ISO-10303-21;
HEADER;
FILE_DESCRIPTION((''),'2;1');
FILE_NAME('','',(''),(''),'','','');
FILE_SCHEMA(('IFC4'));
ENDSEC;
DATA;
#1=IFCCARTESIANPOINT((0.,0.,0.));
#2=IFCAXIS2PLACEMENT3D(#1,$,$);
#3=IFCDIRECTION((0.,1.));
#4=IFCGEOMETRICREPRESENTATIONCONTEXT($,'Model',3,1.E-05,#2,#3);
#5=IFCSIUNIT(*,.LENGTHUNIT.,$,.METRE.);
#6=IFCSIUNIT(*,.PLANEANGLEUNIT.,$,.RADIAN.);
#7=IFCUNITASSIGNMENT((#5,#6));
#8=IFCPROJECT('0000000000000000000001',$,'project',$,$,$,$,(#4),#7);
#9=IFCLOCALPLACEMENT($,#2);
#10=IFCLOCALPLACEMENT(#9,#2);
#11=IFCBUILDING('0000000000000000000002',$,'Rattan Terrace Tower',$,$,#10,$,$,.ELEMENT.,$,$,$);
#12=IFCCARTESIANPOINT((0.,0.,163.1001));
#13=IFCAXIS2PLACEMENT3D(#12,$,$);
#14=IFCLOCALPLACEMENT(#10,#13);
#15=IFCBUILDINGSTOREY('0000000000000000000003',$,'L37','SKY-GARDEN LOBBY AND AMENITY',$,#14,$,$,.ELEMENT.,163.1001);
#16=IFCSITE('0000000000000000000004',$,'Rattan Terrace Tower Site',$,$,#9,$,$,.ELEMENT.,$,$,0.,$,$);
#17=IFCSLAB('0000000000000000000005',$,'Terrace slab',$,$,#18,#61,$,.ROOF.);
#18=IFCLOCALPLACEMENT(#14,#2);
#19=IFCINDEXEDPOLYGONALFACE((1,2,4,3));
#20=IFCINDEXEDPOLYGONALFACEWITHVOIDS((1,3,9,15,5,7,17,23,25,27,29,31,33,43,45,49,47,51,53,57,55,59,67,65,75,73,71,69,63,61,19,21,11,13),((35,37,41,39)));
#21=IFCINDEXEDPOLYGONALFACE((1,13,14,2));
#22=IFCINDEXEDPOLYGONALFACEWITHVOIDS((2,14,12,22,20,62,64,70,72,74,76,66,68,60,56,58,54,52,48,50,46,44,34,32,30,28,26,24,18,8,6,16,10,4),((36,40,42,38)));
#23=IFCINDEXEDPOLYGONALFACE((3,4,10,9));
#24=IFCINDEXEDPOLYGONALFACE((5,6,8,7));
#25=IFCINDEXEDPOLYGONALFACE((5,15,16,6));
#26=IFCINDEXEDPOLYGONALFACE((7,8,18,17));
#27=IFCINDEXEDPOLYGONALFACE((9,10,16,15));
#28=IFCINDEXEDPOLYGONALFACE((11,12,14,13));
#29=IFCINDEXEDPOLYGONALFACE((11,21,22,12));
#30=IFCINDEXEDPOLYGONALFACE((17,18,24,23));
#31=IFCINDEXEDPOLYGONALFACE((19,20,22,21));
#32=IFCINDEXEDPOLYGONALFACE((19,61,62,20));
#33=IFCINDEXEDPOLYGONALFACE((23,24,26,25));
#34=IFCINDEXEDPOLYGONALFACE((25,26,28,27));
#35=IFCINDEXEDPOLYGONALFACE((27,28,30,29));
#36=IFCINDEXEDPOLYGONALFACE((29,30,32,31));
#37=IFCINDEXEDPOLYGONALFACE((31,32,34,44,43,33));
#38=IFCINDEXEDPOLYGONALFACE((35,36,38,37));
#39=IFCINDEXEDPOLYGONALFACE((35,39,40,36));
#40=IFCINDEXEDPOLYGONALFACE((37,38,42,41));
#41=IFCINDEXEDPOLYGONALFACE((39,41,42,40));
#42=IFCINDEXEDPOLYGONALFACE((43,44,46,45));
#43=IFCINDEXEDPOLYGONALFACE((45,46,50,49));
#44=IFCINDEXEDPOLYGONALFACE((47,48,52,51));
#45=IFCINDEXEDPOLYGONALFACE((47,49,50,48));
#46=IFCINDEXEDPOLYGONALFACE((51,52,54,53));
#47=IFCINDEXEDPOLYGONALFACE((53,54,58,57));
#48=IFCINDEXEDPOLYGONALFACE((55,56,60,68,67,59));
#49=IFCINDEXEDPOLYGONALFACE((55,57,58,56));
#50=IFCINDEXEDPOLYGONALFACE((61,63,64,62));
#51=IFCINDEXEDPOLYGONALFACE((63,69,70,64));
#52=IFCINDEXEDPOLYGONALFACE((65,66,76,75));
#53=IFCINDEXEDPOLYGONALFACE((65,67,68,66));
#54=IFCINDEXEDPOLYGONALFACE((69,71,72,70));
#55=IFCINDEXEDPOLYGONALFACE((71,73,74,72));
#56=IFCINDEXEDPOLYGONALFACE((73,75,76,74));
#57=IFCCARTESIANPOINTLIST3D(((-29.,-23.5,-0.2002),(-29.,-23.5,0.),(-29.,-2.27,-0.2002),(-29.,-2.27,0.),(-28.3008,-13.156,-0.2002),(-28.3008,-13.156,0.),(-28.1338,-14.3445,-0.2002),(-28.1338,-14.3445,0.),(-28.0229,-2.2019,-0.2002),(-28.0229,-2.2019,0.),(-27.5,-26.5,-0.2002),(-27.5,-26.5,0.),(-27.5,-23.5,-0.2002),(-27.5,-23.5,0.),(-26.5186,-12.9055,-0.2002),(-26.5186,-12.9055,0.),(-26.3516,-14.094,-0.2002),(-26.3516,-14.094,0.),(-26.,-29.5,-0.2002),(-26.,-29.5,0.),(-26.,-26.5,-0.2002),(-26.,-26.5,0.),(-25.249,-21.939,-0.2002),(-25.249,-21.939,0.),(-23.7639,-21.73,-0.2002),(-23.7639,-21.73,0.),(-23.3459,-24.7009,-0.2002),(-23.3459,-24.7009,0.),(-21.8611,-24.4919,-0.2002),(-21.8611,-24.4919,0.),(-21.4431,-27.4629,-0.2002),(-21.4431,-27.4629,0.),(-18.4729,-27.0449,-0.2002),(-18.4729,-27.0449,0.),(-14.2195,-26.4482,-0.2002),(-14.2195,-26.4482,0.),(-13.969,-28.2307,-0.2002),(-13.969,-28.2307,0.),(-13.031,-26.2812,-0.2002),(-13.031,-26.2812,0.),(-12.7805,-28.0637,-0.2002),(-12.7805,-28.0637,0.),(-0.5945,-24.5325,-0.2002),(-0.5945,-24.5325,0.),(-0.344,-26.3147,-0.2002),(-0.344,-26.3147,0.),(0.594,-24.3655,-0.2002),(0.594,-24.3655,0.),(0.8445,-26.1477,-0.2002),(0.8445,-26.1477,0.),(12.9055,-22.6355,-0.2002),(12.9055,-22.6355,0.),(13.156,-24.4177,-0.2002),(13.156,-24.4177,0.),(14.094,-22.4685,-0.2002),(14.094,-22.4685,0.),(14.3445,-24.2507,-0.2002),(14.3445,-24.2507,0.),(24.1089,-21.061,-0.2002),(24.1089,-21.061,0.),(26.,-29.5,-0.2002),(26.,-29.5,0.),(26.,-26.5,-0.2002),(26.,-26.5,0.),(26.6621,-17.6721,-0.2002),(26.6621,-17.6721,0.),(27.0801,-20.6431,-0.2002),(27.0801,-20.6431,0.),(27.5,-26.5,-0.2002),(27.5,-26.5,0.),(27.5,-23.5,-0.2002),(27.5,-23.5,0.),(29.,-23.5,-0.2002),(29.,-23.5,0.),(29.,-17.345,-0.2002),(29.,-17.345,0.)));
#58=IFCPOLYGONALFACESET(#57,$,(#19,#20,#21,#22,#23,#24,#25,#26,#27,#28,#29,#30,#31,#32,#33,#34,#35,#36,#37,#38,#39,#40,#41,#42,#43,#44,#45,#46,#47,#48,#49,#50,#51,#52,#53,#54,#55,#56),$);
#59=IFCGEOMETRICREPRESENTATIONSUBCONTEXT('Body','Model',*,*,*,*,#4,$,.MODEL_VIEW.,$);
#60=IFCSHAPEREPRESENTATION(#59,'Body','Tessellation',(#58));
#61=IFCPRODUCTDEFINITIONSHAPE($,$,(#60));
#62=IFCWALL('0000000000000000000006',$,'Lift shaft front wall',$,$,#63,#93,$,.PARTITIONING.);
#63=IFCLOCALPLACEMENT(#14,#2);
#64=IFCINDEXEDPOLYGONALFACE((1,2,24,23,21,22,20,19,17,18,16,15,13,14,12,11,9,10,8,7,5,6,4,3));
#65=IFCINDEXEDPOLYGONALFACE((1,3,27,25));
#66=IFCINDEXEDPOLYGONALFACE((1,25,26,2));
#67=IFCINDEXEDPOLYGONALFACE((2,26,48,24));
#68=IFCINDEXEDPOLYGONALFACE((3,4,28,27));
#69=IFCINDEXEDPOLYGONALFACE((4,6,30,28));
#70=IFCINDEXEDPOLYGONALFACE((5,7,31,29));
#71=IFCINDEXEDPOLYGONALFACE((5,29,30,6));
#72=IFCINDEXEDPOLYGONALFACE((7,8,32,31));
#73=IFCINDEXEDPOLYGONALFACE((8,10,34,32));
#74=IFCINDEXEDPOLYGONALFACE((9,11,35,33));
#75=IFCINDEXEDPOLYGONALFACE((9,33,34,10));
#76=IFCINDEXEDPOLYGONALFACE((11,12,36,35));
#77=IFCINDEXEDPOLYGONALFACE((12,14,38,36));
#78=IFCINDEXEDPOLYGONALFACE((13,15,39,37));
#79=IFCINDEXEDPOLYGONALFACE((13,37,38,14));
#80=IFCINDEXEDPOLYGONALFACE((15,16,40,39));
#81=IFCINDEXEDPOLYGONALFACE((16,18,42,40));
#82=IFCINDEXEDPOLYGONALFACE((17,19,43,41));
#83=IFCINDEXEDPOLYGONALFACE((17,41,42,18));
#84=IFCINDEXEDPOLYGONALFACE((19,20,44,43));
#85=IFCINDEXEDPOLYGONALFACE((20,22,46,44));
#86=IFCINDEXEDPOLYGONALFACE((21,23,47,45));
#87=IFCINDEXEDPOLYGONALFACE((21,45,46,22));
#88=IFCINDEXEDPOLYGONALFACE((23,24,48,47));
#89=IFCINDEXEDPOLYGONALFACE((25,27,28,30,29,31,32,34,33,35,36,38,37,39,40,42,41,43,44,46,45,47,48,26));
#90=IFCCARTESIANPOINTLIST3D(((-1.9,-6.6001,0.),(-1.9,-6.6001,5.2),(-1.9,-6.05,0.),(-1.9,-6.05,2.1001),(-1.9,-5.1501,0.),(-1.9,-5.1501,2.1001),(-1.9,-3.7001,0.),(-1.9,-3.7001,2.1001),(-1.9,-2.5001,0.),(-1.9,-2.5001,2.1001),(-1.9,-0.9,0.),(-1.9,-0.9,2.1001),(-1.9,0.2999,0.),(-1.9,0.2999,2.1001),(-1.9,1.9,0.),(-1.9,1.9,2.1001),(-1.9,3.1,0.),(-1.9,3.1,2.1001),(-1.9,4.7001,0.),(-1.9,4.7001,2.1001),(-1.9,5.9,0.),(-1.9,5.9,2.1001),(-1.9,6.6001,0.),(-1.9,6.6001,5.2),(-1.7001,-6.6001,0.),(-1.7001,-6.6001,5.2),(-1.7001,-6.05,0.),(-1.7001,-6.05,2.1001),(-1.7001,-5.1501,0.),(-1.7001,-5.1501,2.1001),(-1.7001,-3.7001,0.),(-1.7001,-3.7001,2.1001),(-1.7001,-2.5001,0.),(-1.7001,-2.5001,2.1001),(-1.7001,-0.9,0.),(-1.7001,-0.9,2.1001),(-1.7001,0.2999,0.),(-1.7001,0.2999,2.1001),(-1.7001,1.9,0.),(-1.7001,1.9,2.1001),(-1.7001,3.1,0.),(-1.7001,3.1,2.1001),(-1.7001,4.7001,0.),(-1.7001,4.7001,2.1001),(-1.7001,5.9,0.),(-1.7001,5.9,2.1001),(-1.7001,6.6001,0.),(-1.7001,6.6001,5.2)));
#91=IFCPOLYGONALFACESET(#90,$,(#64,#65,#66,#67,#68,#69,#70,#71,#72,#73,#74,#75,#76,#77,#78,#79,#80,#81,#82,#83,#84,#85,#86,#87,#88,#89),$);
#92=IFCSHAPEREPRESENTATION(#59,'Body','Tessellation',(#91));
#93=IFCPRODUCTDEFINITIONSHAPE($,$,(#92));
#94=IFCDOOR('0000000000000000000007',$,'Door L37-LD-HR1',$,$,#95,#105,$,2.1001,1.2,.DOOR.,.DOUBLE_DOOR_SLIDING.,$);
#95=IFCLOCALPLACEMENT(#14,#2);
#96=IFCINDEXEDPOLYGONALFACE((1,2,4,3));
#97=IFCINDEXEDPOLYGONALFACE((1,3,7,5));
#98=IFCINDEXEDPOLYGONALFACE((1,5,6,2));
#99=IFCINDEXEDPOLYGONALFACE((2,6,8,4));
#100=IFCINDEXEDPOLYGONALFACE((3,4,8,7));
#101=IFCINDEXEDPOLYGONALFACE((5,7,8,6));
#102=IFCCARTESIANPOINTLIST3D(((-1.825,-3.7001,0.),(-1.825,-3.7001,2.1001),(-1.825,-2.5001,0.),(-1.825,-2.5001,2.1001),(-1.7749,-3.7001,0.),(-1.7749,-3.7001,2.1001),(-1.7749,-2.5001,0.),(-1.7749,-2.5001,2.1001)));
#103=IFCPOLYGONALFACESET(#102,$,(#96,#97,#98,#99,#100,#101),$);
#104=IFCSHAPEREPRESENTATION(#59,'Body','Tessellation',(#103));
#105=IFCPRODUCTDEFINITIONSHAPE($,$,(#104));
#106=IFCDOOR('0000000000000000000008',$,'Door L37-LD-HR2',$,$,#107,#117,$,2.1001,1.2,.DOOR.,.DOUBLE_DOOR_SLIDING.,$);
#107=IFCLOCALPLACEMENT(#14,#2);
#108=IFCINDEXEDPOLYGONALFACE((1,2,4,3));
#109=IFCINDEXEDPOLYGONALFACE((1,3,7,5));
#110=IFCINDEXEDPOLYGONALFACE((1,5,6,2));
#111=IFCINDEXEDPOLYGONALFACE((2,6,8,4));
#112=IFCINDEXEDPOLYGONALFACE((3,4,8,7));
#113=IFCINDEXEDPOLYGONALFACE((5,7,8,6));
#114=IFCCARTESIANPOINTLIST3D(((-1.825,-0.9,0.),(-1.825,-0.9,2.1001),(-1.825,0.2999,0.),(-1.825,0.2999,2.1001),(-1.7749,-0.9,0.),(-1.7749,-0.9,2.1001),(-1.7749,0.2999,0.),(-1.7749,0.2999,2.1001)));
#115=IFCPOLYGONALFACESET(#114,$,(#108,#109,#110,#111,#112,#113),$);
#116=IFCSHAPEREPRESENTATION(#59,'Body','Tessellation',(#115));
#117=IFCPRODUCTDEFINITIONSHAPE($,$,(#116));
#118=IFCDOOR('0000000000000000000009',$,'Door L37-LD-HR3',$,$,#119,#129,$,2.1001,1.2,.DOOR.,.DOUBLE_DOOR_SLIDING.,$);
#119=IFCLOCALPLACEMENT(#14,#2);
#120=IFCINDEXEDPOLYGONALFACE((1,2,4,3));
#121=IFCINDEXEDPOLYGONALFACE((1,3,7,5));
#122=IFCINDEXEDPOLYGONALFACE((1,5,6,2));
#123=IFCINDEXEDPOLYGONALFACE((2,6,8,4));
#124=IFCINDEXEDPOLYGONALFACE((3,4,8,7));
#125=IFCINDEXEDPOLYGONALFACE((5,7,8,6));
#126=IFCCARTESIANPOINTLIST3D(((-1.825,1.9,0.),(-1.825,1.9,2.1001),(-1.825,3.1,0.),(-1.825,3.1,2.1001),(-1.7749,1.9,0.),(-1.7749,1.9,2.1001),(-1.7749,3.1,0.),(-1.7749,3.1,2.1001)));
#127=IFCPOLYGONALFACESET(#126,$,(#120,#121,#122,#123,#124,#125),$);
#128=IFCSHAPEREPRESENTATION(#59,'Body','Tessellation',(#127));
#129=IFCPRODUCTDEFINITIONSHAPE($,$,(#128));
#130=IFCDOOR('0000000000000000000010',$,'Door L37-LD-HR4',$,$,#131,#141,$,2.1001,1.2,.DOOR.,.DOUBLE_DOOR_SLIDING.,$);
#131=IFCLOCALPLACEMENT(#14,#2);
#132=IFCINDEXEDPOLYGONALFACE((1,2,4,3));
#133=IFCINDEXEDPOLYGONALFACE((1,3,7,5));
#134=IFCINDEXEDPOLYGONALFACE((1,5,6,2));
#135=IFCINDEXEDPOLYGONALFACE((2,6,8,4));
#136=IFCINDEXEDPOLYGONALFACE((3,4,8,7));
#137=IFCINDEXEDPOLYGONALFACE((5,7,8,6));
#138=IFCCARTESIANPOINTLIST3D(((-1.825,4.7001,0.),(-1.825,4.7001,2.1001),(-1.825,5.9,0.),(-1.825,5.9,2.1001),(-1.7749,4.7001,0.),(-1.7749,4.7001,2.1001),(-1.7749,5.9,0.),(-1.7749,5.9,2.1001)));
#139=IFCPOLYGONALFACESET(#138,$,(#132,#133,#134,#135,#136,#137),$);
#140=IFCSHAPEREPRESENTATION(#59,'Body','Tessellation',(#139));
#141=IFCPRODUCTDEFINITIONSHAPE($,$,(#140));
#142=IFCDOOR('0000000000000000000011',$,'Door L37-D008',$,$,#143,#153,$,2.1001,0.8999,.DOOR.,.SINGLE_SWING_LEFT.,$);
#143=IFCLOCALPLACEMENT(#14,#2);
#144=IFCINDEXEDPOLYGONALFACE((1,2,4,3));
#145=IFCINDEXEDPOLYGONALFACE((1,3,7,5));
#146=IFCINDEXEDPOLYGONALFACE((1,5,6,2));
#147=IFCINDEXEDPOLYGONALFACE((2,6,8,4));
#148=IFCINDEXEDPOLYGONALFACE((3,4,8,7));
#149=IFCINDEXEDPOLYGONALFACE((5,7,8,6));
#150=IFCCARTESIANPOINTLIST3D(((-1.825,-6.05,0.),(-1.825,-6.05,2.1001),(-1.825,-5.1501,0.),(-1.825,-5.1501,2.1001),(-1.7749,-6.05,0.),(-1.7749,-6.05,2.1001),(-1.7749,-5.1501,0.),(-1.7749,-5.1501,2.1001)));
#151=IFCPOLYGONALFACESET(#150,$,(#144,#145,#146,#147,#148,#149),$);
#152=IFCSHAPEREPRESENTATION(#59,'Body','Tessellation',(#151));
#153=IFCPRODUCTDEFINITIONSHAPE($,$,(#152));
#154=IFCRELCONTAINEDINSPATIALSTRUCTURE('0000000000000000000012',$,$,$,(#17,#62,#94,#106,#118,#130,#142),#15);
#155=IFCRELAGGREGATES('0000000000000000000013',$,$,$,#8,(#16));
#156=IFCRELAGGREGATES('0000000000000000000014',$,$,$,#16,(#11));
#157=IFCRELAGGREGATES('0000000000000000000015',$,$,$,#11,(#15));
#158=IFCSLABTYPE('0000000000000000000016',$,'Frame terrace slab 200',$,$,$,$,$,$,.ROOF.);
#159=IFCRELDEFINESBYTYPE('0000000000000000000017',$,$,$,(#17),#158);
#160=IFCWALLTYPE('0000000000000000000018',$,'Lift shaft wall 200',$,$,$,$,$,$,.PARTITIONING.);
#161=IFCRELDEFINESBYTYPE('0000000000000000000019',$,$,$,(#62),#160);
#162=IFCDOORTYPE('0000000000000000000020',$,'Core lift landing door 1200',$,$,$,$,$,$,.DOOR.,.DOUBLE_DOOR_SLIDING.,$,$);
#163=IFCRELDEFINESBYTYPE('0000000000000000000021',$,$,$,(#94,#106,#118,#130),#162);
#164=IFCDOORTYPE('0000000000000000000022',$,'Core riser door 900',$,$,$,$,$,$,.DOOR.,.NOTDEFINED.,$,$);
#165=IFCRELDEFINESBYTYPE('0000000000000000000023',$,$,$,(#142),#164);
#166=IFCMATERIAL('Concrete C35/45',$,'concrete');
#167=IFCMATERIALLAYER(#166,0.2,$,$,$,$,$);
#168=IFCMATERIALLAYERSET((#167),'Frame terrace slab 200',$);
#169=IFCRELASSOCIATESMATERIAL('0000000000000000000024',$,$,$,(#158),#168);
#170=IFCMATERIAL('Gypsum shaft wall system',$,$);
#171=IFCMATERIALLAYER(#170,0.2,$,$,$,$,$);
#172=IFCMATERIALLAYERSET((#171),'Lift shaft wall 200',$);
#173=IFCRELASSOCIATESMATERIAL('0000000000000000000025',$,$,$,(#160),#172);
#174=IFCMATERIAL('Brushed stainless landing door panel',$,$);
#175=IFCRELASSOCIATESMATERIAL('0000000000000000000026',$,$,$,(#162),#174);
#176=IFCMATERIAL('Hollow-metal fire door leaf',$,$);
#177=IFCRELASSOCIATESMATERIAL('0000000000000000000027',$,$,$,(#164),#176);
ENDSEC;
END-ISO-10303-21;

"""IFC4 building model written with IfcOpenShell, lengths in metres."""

from ifc_helpers import new_model, si_unit, direction, frame, frame_2d, origin, place, context, subcontext, project, spatial, polyline, rectangle, outline, extrude, material, layer, layer_set, type_object, element, fill, save


model = new_model("IFC4")

# Units and contexts
model_context = context("Model", 3, precision=1e-05, world=origin(), true_north=direction((0.0, 1.0)))
body_context = subcontext(model_context, "Body", "Model", "MODEL_VIEW")
ifc_project = project(units=[si_unit("LENGTHUNIT", "METRE"), si_unit("PLANEANGLEUNIT", "RADIAN")], contexts=[model_context])

# Site, building, storey
site_placement = place(None, origin())
site = spatial("IfcSite", under=ifc_project, at=site_placement, Name="Rattan Terrace Tower Site", CompositionType="ELEMENT", RefElevation=0.0)
building_placement = place(site_placement, origin())
building = spatial("IfcBuilding", under=site, at=building_placement, Name="Rattan Terrace Tower", CompositionType="ELEMENT")
storey_placement = place(building_placement, frame((0.0, 0.0, 163.1001)))
storey = spatial("IfcBuildingStorey", under=building, at=storey_placement, Name="L37", Description="SKY-GARDEN LOBBY AND AMENITY", CompositionType="ELEMENT", Elevation=163.1001)

# Slab
ifc_material_1 = material(Name="Concrete C35/45", Category="concrete")
ifc_layer_1 = layer(ifc_material_1, 0.2)
ifc_layer_set_1 = layer_set([ifc_layer_1], Name="Frame terrace slab 200")
slab_type_1 = type_object("IfcSlabType", Name="Frame terrace slab 200", PredefinedType="ROOF", material=ifc_layer_set_1)
slab_1_placement = place(storey_placement, frame((0.0, 0.0, -0.2002)))
element("IfcSlab", 1, at=slab_1_placement, inside=storey, type_object=slab_type_1, Name="Terrace slab", PredefinedType="ROOF", context=body_context, shape_type="SweptSolid", body=[
    extrude(outline(polyline([(24.1089, -21.061), (14.094, -22.4685), (14.3445, -24.2507), (13.156, -24.4177), (12.9055, -22.6355), (0.594, -24.3655), (0.8445, -26.1477), (-0.344, -26.3147), (-0.5945, -24.5325), (-18.4729, -27.0449), (-21.4431, -27.4629), (-21.8611, -24.4919), (-23.3459, -24.7009), (-23.7639, -21.73), (-25.249, -21.939), (-26.3516, -14.094), (-28.1338, -14.3445), (-28.3008, -13.156), (-26.5186, -12.9055), (-28.0229, -2.2019), (-29.0, -2.27), (-29.0, -23.5), (-27.5, -23.5), (-27.5, -26.5), (-26.0, -26.5), (-26.0, -29.5), (26.0, -29.5), (26.0, -26.5), (27.5, -26.5), (27.5, -23.5), (29.0, -23.5), (29.0, -17.345), (26.6621, -17.6721), (27.0801, -20.6431), (24.1089, -21.061)]), holes=[polyline([(-13.031, -26.2812), (-14.2195, -26.4482), (-13.969, -28.2307), (-12.7805, -28.0637), (-13.031, -26.2812)])]), origin(), (0.0, 0.0, 1.0), 0.2002),
])

# Wall, openings, doors
ifc_material_2 = material(Name="Gypsum shaft wall system")
ifc_layer_2 = layer(ifc_material_2, 0.2)
ifc_layer_set_2 = layer_set([ifc_layer_2], Name="Lift shaft wall 200")
wall_type = type_object("IfcWallType", Name="Lift shaft wall 200", PredefinedType="PARTITIONING", material=ifc_layer_set_2)
wall_placement = place(storey_placement, frame((-1.8, -6.6001, 0.0), z_axis=(0.0, 0.0, 1.0), x_axis=(0.0, 1.0, 0.0)))
wall = element("IfcWall", 2, at=wall_placement, inside=storey, type_object=wall_type, Name="Lift shaft front wall", PredefinedType="PARTITIONING", context=body_context, shape_type="SweptSolid", body=[
    extrude(rectangle(XDim=13.2002, YDim=0.2, at=frame_2d((6.6001, 0.0))), origin(), (0.0, 0.0, 1.0), 5.2),
])
opening_1_placement = place(wall_placement, frame((0.55, 0.0, 0.0)))
opening_1 = element("IfcOpeningElement", 3, at=opening_1_placement, cuts=wall, PredefinedType="OPENING", context=body_context, shape_type="SweptSolid", body=[
    extrude(rectangle(XDim=0.8999, YDim=2.1001, at=frame_2d((0.45, 1.05))), frame((0.0, 0.1106, 0.0), z_axis=(0.0, -1.0, 0.0), x_axis=(1.0, 0.0, 0.0)), (0.0, 0.0, 1.0), 0.2209),
])
opening_2_placement = place(wall_placement, frame((2.8999, 0.0, 0.0)))
opening_2 = element("IfcOpeningElement", 4, at=opening_2_placement, cuts=wall, PredefinedType="OPENING", context=body_context, shape_type="SweptSolid", body=[
    extrude(rectangle(XDim=1.2, YDim=2.1001, at=frame_2d((0.6001, 1.05))), frame((0.0, 0.1106, 0.0), z_axis=(0.0, -1.0, 0.0), x_axis=(1.0, 0.0, 0.0)), (0.0, 0.0, 1.0), 0.2209),
])
opening_3_placement = place(wall_placement, frame((5.7, 0.0, 0.0)))
opening_3 = element("IfcOpeningElement", 5, at=opening_3_placement, cuts=wall, PredefinedType="OPENING", context=body_context, shape_type="SweptSolid", body=[
    extrude(rectangle(XDim=1.2, YDim=2.1001, at=frame_2d((0.6001, 1.05))), frame((0.0, 0.1106, 0.0), z_axis=(0.0, -1.0, 0.0), x_axis=(1.0, 0.0, 0.0)), (0.0, 0.0, 1.0), 0.2209),
])
opening_4_placement = place(wall_placement, frame((8.5, 0.0, 0.0)))
opening_4 = element("IfcOpeningElement", 6, at=opening_4_placement, cuts=wall, PredefinedType="OPENING", context=body_context, shape_type="SweptSolid", body=[
    extrude(rectangle(XDim=1.2, YDim=2.1001, at=frame_2d((0.6001, 1.05))), frame((0.0, 0.1106, 0.0), z_axis=(0.0, -1.0, 0.0), x_axis=(1.0, 0.0, 0.0)), (0.0, 0.0, 1.0), 0.2209),
])
opening_5_placement = place(wall_placement, frame((11.3, 0.0, 0.0)))
opening_5 = element("IfcOpeningElement", 7, at=opening_5_placement, cuts=wall, PredefinedType="OPENING", context=body_context, shape_type="SweptSolid", body=[
    extrude(rectangle(XDim=1.2, YDim=2.1001, at=frame_2d((0.6001, 1.05))), frame((0.0, 0.1106, 0.0), z_axis=(0.0, -1.0, 0.0), x_axis=(1.0, 0.0, 0.0)), (0.0, 0.0, 1.0), 0.2209),
])
ifc_material_3 = material(Name="Brushed stainless landing door panel")
door_type_1 = type_object("IfcDoorType", Name="Core lift landing door 1200", OperationType="DOUBLE_DOOR_SLIDING", PredefinedType="DOOR", material=ifc_material_3)
door_1_placement = place(opening_2_placement, origin())
door_1 = element("IfcDoor", 8, at=door_1_placement, inside=storey, type_object=door_type_1, Name="Door L37-LD-HR1", OperationType="DOUBLE_DOOR_SLIDING", OverallHeight=2.1001, OverallWidth=1.2, PredefinedType="DOOR", context=body_context, shape_type="SweptSolid", body=[
    extrude(rectangle(XDim=1.2, YDim=2.1001, at=frame_2d((0.6001, 1.05))), frame((0.0, 0.0249, 0.0), z_axis=(0.0, -1.0, 0.0), x_axis=(1.0, 0.0, 0.0)), (0.0, 0.0, 1.0), 0.05),
])
fill(opening_2, door_1)
door_2_placement = place(opening_3_placement, origin())
door_2 = element("IfcDoor", 9, at=door_2_placement, inside=storey, type_object=door_type_1, Name="Door L37-LD-HR2", OperationType="DOUBLE_DOOR_SLIDING", OverallHeight=2.1001, OverallWidth=1.2, PredefinedType="DOOR", context=body_context, shape_type="SweptSolid", body=[
    extrude(rectangle(XDim=1.2, YDim=2.1001, at=frame_2d((0.6001, 1.05))), frame((0.0, 0.0249, 0.0), z_axis=(0.0, -1.0, 0.0), x_axis=(1.0, 0.0, 0.0)), (0.0, 0.0, 1.0), 0.05),
])
fill(opening_3, door_2)
door_3_placement = place(opening_4_placement, origin())
door_3 = element("IfcDoor", 10, at=door_3_placement, inside=storey, type_object=door_type_1, Name="Door L37-LD-HR3", OperationType="DOUBLE_DOOR_SLIDING", OverallHeight=2.1001, OverallWidth=1.2, PredefinedType="DOOR", context=body_context, shape_type="SweptSolid", body=[
    extrude(rectangle(XDim=1.2, YDim=2.1001, at=frame_2d((0.6001, 1.05))), frame((0.0, 0.0249, 0.0), z_axis=(0.0, -1.0, 0.0), x_axis=(1.0, 0.0, 0.0)), (0.0, 0.0, 1.0), 0.05),
])
fill(opening_4, door_3)
door_4_placement = place(opening_5_placement, origin())
door_4 = element("IfcDoor", 11, at=door_4_placement, inside=storey, type_object=door_type_1, Name="Door L37-LD-HR4", OperationType="DOUBLE_DOOR_SLIDING", OverallHeight=2.1001, OverallWidth=1.2, PredefinedType="DOOR", context=body_context, shape_type="SweptSolid", body=[
    extrude(rectangle(XDim=1.2, YDim=2.1001, at=frame_2d((0.6001, 1.05))), frame((0.0, 0.0249, 0.0), z_axis=(0.0, -1.0, 0.0), x_axis=(1.0, 0.0, 0.0)), (0.0, 0.0, 1.0), 0.05),
])
fill(opening_5, door_4)
ifc_material_4 = material(Name="Hollow-metal fire door leaf")
door_type_2 = type_object("IfcDoorType", Name="Core riser door 900", OperationType="NOTDEFINED", PredefinedType="DOOR", material=ifc_material_4)
door_5_placement = place(opening_1_placement, origin())
door_5 = element("IfcDoor", 12, at=door_5_placement, inside=storey, type_object=door_type_2, Name="Door L37-D008", OperationType="SINGLE_SWING_LEFT", OverallHeight=2.1001, OverallWidth=0.8999, PredefinedType="DOOR", context=body_context, shape_type="SweptSolid", body=[
    extrude(rectangle(XDim=0.8999, YDim=2.1001, at=frame_2d((0.45, 1.05))), frame((0.0, 0.0249, 0.0), z_axis=(0.0, -1.0, 0.0), x_axis=(1.0, 0.0, 0.0)), (0.0, 0.0, 1.0), 0.05),
])
fill(opening_1, door_5)

save(model, "model.ifc")
